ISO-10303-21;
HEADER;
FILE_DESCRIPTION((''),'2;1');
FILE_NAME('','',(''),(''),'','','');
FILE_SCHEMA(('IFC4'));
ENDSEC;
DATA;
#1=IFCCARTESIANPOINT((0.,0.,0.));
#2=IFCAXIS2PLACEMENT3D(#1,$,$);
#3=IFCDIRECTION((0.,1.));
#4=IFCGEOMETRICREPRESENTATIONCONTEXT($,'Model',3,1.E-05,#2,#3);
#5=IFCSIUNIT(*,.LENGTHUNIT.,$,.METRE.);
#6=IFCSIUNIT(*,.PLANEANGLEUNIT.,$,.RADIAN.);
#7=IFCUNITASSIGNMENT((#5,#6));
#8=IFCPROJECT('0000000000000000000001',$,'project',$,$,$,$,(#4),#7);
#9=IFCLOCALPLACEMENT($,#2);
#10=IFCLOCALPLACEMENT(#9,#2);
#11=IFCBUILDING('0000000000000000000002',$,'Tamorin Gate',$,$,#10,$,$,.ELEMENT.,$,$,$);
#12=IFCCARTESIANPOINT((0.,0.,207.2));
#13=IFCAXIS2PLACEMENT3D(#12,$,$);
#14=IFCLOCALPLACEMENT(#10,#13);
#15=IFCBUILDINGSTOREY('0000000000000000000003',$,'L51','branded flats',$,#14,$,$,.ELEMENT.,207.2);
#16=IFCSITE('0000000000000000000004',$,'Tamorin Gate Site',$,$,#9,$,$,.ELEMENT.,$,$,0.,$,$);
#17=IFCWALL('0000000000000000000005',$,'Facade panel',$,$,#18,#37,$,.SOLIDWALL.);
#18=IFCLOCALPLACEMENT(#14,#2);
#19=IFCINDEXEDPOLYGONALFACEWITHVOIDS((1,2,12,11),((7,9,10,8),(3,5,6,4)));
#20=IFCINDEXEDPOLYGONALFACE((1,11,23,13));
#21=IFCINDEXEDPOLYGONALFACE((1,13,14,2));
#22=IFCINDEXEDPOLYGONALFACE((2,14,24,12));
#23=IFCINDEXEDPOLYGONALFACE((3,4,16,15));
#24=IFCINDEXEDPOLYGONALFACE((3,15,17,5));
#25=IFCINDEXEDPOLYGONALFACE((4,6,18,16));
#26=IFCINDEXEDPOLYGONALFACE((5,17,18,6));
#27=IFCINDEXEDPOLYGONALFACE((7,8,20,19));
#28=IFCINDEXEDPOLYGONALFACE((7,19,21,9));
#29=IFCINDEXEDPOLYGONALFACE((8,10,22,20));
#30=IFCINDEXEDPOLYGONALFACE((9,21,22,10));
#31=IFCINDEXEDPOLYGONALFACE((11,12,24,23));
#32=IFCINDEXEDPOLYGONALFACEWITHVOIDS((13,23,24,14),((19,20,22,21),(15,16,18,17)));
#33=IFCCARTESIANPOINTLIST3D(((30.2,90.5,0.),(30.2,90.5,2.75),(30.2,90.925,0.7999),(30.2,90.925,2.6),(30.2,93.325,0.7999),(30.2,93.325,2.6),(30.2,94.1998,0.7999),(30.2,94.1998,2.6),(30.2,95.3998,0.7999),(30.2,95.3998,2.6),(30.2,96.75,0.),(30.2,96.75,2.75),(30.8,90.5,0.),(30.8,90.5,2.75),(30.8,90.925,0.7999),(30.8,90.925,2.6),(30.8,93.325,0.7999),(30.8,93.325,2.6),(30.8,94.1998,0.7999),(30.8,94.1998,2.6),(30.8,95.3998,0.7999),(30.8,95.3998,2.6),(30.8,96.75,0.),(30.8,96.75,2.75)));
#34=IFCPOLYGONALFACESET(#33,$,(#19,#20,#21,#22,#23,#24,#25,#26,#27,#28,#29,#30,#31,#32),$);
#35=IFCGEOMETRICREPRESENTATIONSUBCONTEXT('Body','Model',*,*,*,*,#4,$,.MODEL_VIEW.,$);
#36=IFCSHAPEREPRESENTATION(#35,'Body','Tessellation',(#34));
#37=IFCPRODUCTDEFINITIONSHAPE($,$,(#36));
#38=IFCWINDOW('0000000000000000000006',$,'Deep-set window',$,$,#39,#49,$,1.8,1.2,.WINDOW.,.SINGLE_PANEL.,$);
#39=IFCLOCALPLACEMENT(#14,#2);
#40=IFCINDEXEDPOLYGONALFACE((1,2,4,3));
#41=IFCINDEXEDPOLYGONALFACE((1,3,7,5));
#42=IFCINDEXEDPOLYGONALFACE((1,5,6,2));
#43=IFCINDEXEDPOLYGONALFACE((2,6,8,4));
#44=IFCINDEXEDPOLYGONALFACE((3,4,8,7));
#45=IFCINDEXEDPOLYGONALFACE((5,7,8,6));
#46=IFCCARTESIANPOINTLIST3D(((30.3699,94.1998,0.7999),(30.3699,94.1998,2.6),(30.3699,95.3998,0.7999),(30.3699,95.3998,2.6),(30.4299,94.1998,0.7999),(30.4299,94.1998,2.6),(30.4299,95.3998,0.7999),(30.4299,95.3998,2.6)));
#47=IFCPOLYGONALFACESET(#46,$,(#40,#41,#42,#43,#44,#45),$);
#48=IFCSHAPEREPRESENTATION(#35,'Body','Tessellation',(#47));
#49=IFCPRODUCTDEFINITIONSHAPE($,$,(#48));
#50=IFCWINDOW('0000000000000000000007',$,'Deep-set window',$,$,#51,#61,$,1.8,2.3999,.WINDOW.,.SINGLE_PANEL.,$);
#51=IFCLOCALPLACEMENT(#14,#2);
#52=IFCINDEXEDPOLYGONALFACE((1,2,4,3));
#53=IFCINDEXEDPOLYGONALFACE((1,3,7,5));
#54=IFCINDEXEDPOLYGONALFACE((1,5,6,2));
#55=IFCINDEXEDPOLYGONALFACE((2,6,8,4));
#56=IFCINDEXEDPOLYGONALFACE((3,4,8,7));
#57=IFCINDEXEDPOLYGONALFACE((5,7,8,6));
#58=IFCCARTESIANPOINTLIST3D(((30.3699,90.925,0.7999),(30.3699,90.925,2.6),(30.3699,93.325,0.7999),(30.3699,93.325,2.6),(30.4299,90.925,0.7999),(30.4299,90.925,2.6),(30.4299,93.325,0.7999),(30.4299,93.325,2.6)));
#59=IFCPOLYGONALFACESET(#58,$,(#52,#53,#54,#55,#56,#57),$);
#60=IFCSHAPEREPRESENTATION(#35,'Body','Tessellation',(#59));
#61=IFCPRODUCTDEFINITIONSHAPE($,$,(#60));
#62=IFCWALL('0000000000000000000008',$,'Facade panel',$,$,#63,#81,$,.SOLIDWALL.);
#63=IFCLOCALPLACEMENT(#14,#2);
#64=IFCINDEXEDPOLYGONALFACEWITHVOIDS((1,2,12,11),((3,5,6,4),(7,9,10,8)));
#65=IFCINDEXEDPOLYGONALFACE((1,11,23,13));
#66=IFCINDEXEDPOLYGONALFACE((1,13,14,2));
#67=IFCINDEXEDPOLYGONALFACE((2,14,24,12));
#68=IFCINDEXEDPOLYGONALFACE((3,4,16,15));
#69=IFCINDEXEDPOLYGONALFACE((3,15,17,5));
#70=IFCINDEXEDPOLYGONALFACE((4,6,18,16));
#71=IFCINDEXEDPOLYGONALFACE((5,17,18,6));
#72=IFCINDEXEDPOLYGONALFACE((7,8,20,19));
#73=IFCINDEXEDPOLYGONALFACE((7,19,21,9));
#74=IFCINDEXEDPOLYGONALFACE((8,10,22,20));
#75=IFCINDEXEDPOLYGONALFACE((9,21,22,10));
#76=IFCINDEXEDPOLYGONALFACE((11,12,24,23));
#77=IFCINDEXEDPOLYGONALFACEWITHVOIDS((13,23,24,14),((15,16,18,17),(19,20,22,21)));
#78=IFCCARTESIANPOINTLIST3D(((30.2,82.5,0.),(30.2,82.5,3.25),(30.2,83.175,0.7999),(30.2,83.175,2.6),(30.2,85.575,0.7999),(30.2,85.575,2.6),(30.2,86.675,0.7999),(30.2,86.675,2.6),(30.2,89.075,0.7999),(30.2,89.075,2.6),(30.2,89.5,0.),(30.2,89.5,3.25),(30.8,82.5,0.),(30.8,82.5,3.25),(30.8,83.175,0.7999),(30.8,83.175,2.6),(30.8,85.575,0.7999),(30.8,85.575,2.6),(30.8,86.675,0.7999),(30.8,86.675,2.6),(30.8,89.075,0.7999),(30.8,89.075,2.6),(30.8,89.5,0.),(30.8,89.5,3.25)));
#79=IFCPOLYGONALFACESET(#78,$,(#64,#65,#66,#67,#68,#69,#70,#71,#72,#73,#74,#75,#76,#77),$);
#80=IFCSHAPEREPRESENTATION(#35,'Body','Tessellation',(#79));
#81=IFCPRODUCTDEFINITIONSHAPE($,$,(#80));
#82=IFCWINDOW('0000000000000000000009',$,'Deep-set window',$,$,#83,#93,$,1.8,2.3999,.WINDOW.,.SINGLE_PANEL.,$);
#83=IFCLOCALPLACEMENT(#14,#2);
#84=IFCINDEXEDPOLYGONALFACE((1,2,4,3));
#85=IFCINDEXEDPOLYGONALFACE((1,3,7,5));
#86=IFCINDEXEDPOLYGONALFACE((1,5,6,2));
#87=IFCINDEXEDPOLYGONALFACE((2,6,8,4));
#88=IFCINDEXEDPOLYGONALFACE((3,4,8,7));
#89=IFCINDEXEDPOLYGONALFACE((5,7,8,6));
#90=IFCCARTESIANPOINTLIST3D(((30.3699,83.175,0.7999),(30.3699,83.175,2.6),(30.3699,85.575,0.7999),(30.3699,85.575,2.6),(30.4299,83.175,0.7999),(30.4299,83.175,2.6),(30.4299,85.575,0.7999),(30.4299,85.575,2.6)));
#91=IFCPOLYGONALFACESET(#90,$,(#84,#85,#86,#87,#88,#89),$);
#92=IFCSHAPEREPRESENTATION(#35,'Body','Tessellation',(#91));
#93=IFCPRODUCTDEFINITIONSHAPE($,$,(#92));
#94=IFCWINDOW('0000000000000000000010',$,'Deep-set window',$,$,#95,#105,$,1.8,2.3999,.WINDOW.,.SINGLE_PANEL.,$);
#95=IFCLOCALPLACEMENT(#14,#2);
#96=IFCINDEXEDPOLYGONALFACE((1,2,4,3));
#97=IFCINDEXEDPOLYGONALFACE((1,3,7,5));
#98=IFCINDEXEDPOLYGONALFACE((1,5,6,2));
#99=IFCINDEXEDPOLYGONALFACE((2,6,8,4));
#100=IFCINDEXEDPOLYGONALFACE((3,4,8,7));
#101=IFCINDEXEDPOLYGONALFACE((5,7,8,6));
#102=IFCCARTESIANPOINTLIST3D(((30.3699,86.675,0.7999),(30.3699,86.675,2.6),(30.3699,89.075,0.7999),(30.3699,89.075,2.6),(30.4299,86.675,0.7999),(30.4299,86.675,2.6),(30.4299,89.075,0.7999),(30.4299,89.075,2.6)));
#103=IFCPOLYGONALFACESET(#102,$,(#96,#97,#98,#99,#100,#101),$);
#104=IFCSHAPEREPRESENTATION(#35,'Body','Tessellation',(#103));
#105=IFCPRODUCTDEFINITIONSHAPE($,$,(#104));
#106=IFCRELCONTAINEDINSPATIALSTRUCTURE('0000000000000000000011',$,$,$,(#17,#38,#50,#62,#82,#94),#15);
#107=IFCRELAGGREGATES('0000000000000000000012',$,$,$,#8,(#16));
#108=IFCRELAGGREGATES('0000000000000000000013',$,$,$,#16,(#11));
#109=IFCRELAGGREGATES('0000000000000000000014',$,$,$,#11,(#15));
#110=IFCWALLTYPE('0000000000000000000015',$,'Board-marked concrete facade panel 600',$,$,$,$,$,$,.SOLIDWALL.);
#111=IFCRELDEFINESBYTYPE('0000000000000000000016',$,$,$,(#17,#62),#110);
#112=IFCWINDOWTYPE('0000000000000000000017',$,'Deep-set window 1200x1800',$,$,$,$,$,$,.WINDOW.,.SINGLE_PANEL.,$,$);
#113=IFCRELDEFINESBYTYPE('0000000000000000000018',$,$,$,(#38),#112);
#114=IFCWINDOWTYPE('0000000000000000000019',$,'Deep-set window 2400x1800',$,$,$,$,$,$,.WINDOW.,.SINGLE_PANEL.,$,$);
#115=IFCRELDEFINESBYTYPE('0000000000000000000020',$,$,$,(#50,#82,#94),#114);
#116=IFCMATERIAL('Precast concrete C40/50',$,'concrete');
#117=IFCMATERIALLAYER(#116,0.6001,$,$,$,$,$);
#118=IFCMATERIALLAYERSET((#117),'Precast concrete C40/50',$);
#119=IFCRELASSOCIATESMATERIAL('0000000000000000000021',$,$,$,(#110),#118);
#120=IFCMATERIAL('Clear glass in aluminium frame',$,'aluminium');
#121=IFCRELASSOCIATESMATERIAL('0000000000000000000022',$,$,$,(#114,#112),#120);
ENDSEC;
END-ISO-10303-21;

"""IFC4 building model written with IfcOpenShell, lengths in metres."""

from ifc_helpers import new_model, si_unit, direction, frame, frame_2d, origin, place, context, subcontext, project, spatial, rectangle, extrude, material, layer, layer_set, type_object, element, fill, save


model = new_model("IFC4")

# Units and contexts
model_context = context("Model", 3, precision=1e-05, world=origin(), true_north=direction((0.0, 1.0)))
body_context = subcontext(model_context, "Body", "Model", "MODEL_VIEW")
ifc_project = project(units=[si_unit("LENGTHUNIT", "METRE"), si_unit("PLANEANGLEUNIT", "RADIAN")], contexts=[model_context])

# Site, building, storey
site_placement = place(None, origin())
site = spatial("IfcSite", under=ifc_project, at=site_placement, Name="Tamorin Gate Site", CompositionType="ELEMENT", RefElevation=0.0)
building_placement = place(site_placement, origin())
building = spatial("IfcBuilding", under=site, at=building_placement, Name="Tamorin Gate", CompositionType="ELEMENT")
storey_placement = place(building_placement, frame((0.0, 0.0, 207.2)))
storey = spatial("IfcBuildingStorey", under=building, at=storey_placement, Name="L51", Description="branded flats", CompositionType="ELEMENT", Elevation=207.2)

# Shared definitions
ifc_material_1 = material(Name="Precast concrete C40/50", Category="concrete")
ifc_layer_1 = layer(ifc_material_1, 0.6001)
ifc_layer_set_1 = layer_set([ifc_layer_1], Name="Precast concrete C40/50")
wall_type_1 = type_object("IfcWallType", Name="Board-marked concrete facade panel 600", PredefinedType="SOLIDWALL", material=ifc_layer_set_1)

# Shared definitions
ifc_material_2 = material(Name="Clear glass in aluminium frame", Category="aluminium")
window_type_1 = type_object("IfcWindowType", Name="Deep-set window 2400x1800", PartitioningType="SINGLE_PANEL", PredefinedType="WINDOW", material=ifc_material_2)

# Walls, openings, windows
wall_1_placement = place(storey_placement, frame((30.5, 96.75, 0.0), z_axis=(0.0, 0.0, 1.0), x_axis=(0.0, -1.0, 0.0)))
wall_1 = element("IfcWall", 1, at=wall_1_placement, inside=storey, type_object=wall_type_1, Name="Facade panel", PredefinedType="SOLIDWALL", context=body_context, shape_type="SweptSolid", body=[
    extrude(rectangle(XDim=6.25, YDim=0.6001, at=frame_2d((3.125, 0.0))), origin(), (0.0, 0.0, 1.0), 2.75),
])
opening_1_placement = place(wall_1_placement, frame((3.425, 0.0, 0.8)))
opening_1 = element("IfcOpeningElement", 2, at=opening_1_placement, cuts=wall_1, PredefinedType="OPENING", context=body_context, shape_type="SweptSolid", body=[
    extrude(rectangle(XDim=2.3999, YDim=1.8, at=frame_2d((1.2, 0.8999))), frame((0.0, 0.3101, 0.0), z_axis=(0.0, -1.0, 0.0), x_axis=(1.0, 0.0, 0.0)), (0.0, 0.0, 1.0), 0.6201),
])
opening_2_placement = place(wall_1_placement, frame((1.3501, 0.0, 0.8)))
opening_2 = element("IfcOpeningElement", 3, at=opening_2_placement, cuts=wall_1, PredefinedType="OPENING", context=body_context, shape_type="SweptSolid", body=[
    extrude(rectangle(XDim=1.2, YDim=1.8, at=frame_2d((0.6001, 0.8999))), frame((0.0, 0.3101, 0.0), z_axis=(0.0, -1.0, 0.0), x_axis=(1.0, 0.0, 0.0)), (0.0, 0.0, 1.0), 0.6201),
])
window_type_2 = type_object("IfcWindowType", Name="Deep-set window 1200x1800", PartitioningType="SINGLE_PANEL", PredefinedType="WINDOW", material=ifc_material_2)
window_1_placement = place(opening_2_placement, origin())
window_1 = element("IfcWindow", 4, at=window_1_placement, inside=storey, type_object=window_type_2, Name="Deep-set window", OverallHeight=1.8, OverallWidth=1.2, PartitioningType="SINGLE_PANEL", PredefinedType="WINDOW", context=body_context, shape_type="SweptSolid", body=[
    extrude(rectangle(XDim=1.2, YDim=1.8, at=frame_2d((0.6001, 0.8999))), frame((0.0, -0.0701, 0.0), z_axis=(0.0, -1.0, 0.0), x_axis=(1.0, 0.0, 0.0)), (0.0, 0.0, 1.0), 0.0601),
])
fill(opening_2, window_1)
window_2_placement = place(opening_1_placement, origin())
window_2 = element("IfcWindow", 5, at=window_2_placement, inside=storey, type_object=window_type_1, Name="Deep-set window", OverallHeight=1.8, OverallWidth=2.3999, PartitioningType="SINGLE_PANEL", PredefinedType="WINDOW", context=body_context, shape_type="SweptSolid", body=[
    extrude(rectangle(XDim=2.3999, YDim=1.8, at=frame_2d((1.2, 0.8999))), frame((0.0, -0.0701, 0.0), z_axis=(0.0, -1.0, 0.0), x_axis=(1.0, 0.0, 0.0)), (0.0, 0.0, 1.0), 0.0601),
])
fill(opening_1, window_2)
wall_2_placement = place(storey_placement, frame((30.5, 89.5, 0.0), z_axis=(0.0, 0.0, 1.0), x_axis=(0.0, -1.0, 0.0)))
wall_2 = element("IfcWall", 6, at=wall_2_placement, inside=storey, type_object=wall_type_1, Name="Facade panel", PredefinedType="SOLIDWALL", context=body_context, shape_type="SweptSolid", body=[
    extrude(rectangle(XDim=7.0, YDim=0.6001, at=frame_2d((3.5, 0.0))), origin(), (0.0, 0.0, 1.0), 3.25),
])
opening_3_placement = place(wall_2_placement, frame((3.925, 0.0, 0.8)))
opening_3 = element("IfcOpeningElement", 7, at=opening_3_placement, cuts=wall_2, PredefinedType="OPENING", context=body_context, shape_type="SweptSolid", body=[
    extrude(rectangle(XDim=2.3999, YDim=1.8, at=frame_2d((1.2, 0.8999))), frame((0.0, 0.3101, 0.0), z_axis=(0.0, -1.0, 0.0), x_axis=(1.0, 0.0, 0.0)), (0.0, 0.0, 1.0), 0.6201),
])
opening_4_placement = place(wall_2_placement, frame((0.425, 0.0, 0.8)))
opening_4 = element("IfcOpeningElement", 8, at=opening_4_placement, cuts=wall_2, PredefinedType="OPENING", context=body_context, shape_type="SweptSolid", body=[
    extrude(rectangle(XDim=2.3999, YDim=1.8, at=frame_2d((1.2, 0.8999))), frame((0.0, 0.3101, 0.0), z_axis=(0.0, -1.0, 0.0), x_axis=(1.0, 0.0, 0.0)), (0.0, 0.0, 1.0), 0.6201),
])
window_3_placement = place(opening_3_placement, origin())
window_3 = element("IfcWindow", 9, at=window_3_placement, inside=storey, type_object=window_type_1, Name="Deep-set window", OverallHeight=1.8, OverallWidth=2.3999, PartitioningType="SINGLE_PANEL", PredefinedType="WINDOW", context=body_context, shape_type="SweptSolid", body=[
    extrude(rectangle(XDim=2.3999, YDim=1.8, at=frame_2d((1.2, 0.8999))), frame((0.0, -0.0701, 0.0), z_axis=(0.0, -1.0, 0.0), x_axis=(1.0, 0.0, 0.0)), (0.0, 0.0, 1.0), 0.0601),
])
fill(opening_3, window_3)
window_4_placement = place(opening_4_placement, origin())
window_4 = element("IfcWindow", 10, at=window_4_placement, inside=storey, type_object=window_type_1, Name="Deep-set window", OverallHeight=1.8, OverallWidth=2.3999, PartitioningType="SINGLE_PANEL", PredefinedType="WINDOW", context=body_context, shape_type="SweptSolid", body=[
    extrude(rectangle(XDim=2.3999, YDim=1.8, at=frame_2d((1.2, 0.8999))), frame((0.0, -0.0701, 0.0), z_axis=(0.0, -1.0, 0.0), x_axis=(1.0, 0.0, 0.0)), (0.0, 0.0, 1.0), 0.0601),
])
fill(opening_4, window_4)

save(model, "model.ifc")
